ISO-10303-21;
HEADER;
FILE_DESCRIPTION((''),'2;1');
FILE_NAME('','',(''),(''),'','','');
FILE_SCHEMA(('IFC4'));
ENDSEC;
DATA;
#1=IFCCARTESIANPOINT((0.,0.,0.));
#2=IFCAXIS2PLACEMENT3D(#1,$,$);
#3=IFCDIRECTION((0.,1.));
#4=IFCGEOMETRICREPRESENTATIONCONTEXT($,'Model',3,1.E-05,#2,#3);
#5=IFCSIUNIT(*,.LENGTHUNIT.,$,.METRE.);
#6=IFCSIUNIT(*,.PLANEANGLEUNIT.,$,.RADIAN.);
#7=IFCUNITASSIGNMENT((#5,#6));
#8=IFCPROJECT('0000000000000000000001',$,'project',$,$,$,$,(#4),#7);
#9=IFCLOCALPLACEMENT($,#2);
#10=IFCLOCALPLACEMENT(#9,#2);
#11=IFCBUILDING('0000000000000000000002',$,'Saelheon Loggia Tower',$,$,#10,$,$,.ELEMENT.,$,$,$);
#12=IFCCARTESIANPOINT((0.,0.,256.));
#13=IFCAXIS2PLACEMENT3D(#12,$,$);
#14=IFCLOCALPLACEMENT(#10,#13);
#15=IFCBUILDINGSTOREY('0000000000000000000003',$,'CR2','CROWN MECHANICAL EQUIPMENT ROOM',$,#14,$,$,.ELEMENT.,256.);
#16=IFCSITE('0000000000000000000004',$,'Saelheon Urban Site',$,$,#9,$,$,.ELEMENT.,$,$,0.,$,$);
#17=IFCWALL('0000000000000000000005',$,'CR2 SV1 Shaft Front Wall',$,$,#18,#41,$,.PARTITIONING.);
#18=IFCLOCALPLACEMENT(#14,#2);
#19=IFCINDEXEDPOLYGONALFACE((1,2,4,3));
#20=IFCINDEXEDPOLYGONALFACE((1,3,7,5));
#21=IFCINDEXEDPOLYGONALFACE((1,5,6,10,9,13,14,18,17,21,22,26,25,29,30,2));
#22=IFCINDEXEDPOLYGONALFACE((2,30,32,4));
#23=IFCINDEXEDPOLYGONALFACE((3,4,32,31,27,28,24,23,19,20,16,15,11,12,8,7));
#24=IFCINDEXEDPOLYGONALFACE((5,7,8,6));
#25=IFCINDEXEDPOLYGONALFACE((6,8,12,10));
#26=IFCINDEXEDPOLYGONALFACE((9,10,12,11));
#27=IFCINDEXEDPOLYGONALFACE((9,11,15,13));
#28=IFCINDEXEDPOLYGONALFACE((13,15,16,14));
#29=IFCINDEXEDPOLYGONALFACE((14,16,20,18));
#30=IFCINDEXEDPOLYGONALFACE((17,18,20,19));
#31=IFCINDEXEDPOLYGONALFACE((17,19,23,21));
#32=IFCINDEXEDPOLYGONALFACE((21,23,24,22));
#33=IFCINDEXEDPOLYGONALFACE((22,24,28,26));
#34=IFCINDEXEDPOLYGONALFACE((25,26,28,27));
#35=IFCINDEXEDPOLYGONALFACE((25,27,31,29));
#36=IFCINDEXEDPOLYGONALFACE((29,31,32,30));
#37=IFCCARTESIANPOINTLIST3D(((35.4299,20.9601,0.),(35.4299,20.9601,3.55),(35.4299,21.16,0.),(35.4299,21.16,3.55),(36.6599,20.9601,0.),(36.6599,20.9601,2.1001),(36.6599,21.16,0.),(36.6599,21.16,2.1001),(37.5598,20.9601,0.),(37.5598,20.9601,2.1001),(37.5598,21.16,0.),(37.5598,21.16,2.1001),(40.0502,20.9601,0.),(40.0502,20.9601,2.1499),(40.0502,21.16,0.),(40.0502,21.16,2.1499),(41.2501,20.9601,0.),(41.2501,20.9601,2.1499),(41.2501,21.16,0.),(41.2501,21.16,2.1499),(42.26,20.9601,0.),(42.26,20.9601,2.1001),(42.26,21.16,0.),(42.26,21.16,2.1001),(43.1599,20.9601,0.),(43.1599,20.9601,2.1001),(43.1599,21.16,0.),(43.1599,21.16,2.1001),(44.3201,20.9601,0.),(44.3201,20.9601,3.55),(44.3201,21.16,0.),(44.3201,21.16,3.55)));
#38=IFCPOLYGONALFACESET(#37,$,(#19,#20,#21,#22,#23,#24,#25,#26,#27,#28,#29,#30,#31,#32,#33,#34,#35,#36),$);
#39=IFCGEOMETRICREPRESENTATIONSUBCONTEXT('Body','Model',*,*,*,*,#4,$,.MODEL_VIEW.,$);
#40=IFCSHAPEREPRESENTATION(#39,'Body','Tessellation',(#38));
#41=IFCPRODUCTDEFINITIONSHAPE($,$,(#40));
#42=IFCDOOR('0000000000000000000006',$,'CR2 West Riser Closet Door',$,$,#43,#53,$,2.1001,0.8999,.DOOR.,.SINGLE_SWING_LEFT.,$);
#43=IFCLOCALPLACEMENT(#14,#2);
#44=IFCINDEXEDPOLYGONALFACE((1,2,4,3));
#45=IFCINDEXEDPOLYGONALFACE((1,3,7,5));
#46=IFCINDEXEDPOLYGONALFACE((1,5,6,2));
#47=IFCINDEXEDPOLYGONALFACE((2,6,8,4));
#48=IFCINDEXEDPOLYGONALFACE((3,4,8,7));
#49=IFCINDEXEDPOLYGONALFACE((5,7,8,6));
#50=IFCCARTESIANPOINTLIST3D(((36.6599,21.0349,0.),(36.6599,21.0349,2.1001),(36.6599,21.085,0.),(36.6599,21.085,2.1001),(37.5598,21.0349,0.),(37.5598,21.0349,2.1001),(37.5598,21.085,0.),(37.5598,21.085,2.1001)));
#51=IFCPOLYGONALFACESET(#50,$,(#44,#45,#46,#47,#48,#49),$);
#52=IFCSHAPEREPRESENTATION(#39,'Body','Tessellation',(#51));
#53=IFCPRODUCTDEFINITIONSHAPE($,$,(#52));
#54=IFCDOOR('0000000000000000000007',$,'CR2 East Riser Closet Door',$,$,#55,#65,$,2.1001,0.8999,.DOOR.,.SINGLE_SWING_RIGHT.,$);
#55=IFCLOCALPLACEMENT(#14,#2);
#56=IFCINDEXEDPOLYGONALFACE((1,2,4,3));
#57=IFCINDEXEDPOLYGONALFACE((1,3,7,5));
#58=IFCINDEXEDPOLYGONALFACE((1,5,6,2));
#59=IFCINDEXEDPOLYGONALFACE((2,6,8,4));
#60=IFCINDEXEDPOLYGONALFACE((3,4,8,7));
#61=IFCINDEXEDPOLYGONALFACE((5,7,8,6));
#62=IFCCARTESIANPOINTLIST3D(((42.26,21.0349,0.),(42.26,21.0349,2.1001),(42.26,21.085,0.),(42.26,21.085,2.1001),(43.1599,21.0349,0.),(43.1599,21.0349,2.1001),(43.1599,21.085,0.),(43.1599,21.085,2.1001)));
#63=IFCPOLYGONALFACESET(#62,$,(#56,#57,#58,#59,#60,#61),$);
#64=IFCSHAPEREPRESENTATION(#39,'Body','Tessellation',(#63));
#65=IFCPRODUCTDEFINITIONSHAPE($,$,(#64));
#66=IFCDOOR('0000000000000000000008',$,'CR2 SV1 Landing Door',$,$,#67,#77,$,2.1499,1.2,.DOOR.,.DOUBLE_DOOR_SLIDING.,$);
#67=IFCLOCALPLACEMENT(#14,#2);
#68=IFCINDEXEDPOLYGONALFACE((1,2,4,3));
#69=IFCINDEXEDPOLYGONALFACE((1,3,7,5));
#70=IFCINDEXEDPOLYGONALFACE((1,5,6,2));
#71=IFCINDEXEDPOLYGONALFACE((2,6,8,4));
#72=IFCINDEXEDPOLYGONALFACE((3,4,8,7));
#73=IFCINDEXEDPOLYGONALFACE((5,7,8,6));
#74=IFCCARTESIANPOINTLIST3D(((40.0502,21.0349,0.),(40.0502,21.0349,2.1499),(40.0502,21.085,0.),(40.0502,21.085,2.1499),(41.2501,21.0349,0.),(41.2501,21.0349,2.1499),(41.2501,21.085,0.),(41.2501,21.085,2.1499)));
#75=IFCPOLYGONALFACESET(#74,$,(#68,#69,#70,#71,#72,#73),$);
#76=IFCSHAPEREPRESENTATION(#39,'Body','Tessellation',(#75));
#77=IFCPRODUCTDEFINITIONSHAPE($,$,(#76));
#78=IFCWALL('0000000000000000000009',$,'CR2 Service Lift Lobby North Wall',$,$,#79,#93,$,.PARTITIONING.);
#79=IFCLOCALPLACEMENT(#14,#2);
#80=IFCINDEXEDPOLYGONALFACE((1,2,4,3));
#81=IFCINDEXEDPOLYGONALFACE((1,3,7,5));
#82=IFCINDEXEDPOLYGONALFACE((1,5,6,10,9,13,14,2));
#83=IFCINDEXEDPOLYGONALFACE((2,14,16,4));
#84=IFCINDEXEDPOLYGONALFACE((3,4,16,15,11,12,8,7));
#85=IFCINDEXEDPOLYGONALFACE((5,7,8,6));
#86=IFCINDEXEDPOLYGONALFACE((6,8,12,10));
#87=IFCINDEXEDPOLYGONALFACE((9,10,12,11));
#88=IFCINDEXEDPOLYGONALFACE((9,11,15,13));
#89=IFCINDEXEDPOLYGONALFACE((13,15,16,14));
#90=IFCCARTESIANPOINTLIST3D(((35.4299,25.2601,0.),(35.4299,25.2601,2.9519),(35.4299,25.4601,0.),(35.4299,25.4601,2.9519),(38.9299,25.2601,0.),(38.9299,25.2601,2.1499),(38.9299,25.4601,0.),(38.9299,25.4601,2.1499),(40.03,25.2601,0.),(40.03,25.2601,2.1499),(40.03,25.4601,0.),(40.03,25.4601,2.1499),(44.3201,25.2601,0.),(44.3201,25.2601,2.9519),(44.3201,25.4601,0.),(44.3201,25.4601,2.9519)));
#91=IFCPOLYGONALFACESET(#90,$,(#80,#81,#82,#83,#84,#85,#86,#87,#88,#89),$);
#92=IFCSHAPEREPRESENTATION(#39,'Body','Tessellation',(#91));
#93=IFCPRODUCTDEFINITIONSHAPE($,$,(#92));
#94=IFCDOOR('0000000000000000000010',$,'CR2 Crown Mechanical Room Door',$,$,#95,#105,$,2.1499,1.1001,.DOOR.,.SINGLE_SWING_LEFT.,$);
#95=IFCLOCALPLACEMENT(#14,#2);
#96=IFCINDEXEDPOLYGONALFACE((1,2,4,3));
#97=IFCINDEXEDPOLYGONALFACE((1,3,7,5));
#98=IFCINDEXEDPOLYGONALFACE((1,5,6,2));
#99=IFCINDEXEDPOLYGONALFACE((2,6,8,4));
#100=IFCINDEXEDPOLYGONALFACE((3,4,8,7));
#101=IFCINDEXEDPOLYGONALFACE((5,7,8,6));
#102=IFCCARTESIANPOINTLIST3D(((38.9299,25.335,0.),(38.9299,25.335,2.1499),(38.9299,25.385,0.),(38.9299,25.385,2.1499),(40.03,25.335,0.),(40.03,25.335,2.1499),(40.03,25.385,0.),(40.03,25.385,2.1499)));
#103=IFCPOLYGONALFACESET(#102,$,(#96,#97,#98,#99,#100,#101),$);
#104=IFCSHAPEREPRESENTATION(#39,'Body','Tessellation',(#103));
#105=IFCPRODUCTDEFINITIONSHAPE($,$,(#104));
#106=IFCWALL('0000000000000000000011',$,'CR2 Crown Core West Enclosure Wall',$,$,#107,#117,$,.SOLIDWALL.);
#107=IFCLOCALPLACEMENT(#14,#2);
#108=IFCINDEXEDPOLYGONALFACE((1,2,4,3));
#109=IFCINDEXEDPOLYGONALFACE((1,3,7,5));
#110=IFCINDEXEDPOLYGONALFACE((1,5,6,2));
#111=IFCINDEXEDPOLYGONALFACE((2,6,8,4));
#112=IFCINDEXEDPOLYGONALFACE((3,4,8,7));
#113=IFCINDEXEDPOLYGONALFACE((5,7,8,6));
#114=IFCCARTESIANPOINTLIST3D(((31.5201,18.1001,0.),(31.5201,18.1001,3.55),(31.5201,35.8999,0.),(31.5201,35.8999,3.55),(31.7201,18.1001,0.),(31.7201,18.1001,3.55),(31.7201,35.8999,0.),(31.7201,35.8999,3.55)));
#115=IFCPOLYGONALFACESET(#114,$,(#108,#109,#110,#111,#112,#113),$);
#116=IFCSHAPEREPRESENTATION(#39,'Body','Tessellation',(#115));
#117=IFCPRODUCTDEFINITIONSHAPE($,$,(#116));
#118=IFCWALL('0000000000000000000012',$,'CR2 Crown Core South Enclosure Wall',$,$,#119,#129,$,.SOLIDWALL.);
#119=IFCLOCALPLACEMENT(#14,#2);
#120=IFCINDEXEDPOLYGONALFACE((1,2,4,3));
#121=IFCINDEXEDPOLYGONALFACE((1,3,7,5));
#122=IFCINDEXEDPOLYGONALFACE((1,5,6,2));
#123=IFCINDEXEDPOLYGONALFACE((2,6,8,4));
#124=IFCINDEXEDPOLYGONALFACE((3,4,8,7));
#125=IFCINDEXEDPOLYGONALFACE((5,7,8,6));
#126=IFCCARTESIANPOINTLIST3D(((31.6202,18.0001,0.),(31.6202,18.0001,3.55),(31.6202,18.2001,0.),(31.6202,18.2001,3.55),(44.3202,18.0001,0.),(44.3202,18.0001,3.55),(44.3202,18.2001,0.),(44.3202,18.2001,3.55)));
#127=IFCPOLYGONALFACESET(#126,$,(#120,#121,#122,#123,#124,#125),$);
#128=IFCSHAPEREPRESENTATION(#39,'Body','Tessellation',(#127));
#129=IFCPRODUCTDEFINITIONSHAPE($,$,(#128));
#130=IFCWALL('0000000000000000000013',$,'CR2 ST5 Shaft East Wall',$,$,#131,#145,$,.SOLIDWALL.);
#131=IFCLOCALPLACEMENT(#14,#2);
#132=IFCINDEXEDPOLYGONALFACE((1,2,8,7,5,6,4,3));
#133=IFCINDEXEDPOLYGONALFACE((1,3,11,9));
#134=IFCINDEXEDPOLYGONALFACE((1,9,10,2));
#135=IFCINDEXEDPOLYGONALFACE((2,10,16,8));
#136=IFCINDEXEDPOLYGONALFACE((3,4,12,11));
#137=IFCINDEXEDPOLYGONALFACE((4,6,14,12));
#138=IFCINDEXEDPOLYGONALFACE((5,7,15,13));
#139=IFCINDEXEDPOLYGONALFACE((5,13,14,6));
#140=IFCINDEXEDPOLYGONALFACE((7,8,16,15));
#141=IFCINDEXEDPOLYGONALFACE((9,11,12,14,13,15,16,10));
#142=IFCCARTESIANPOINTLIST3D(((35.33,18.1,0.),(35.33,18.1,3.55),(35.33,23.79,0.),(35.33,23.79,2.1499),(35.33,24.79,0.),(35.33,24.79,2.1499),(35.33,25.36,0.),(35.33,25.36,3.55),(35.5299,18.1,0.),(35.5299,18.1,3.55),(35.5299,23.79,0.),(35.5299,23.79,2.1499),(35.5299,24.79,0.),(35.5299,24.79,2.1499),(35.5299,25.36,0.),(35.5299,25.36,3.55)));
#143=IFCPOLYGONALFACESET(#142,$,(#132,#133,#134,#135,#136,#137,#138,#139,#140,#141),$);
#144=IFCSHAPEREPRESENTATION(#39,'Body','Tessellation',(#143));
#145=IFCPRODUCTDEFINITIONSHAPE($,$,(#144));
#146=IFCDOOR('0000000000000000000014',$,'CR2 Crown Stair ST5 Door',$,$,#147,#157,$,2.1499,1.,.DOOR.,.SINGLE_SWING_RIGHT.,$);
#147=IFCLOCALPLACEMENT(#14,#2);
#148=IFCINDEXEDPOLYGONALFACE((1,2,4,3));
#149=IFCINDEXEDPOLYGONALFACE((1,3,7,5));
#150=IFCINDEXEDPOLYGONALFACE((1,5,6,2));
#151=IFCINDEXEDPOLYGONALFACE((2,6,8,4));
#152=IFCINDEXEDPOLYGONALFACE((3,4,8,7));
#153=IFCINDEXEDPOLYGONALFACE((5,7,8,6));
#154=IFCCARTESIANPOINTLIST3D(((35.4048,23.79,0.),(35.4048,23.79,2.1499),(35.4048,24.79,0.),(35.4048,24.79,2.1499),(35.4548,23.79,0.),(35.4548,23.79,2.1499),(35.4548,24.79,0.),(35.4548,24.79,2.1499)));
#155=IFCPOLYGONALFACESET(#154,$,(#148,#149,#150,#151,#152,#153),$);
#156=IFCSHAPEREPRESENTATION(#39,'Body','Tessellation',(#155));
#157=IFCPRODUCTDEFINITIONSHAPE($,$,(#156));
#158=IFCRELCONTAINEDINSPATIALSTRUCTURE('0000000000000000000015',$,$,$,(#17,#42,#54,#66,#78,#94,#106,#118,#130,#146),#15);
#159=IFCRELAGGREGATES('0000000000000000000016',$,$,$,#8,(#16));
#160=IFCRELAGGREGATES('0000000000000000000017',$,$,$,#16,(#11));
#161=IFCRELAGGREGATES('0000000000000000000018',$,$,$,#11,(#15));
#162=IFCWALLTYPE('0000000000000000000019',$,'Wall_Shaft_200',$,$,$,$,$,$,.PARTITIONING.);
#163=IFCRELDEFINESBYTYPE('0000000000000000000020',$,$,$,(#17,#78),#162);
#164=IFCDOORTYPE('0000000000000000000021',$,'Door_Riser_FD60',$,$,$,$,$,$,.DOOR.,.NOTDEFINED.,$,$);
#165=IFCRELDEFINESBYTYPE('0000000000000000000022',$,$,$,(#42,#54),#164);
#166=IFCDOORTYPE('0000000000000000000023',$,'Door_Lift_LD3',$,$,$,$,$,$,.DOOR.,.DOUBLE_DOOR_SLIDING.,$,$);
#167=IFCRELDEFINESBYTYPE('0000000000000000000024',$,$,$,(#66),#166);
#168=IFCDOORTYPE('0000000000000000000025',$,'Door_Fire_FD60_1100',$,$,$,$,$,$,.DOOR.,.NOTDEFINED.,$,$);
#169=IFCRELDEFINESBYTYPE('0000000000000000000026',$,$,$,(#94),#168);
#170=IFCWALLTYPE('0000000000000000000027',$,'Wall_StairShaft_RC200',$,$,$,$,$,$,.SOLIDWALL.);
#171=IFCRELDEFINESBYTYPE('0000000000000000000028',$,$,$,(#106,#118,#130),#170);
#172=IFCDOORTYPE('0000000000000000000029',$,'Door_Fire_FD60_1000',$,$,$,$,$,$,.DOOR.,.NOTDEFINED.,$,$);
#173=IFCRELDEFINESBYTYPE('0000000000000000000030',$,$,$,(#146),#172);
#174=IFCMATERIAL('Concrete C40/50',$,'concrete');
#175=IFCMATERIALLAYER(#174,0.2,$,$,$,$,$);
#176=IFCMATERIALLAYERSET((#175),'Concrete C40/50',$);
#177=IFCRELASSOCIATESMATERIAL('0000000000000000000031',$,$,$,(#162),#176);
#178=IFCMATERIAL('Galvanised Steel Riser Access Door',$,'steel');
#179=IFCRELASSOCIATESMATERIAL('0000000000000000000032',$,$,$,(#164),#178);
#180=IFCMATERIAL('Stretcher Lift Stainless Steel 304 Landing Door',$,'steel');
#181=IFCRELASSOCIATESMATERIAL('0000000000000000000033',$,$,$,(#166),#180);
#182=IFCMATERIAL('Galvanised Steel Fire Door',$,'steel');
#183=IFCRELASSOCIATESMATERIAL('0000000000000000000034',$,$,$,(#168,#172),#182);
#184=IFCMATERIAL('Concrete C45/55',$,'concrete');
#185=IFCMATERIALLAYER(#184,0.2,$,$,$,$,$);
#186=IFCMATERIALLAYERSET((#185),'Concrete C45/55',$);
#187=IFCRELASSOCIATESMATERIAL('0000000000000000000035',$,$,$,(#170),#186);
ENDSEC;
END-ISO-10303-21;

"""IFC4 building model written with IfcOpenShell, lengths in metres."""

from ifc_helpers import new_model, si_unit, direction, frame, frame_2d, origin, place, context, subcontext, project, spatial, rectangle, extrude, source, transform, mapped, material, layer, layer_set, type_object, element, fill, save


model = new_model("IFC4")

# Units and contexts
model_context = context("Model", 3, precision=1e-05, world=origin(), true_north=direction((0.0, 1.0)))
body_context = subcontext(model_context, "Body", "Model", "MODEL_VIEW")
ifc_project = project(units=[si_unit("LENGTHUNIT", "METRE"), si_unit("PLANEANGLEUNIT", "RADIAN")], contexts=[model_context])

# Site, building, storey
site_placement = place(None, origin())
site = spatial("IfcSite", under=ifc_project, at=site_placement, Name="Saelheon Urban Site", CompositionType="ELEMENT", RefElevation=0.0)
building_placement = place(site_placement, origin())
building = spatial("IfcBuilding", under=site, at=building_placement, Name="Saelheon Loggia Tower", CompositionType="ELEMENT")
storey_placement = place(building_placement, frame((0.0, 0.0, 256.0)))
storey = spatial("IfcBuildingStorey", under=building, at=storey_placement, Name="CR2", Description="CROWN MECHANICAL EQUIPMENT ROOM", CompositionType="ELEMENT", Elevation=256.0)

# Wall, openings, doors
ifc_material_1 = material(Name="Concrete C40/50", Category="concrete")
ifc_layer_1 = layer(ifc_material_1, 0.2)
ifc_layer_set_1 = layer_set([ifc_layer_1], Name="Concrete C40/50")
wall_type_1 = type_object("IfcWallType", Name="Wall_Shaft_200", PredefinedType="PARTITIONING", material=ifc_layer_set_1)
wall_1_placement = place(storey_placement, frame((35.4299, 21.0601, 0.0), z_axis=(0.0, 0.0, 1.0), x_axis=(1.0, 0.0, 0.0)))
wall_1 = element("IfcWall", 1, at=wall_1_placement, inside=storey, type_object=wall_type_1, Name="CR2 SV1 Shaft Front Wall", PredefinedType="PARTITIONING", context=body_context, shape_type="SweptSolid", body=[
    extrude(rectangle(XDim=8.8901, YDim=0.2, at=frame_2d((4.4451, 0.0))), origin(), (0.0, 0.0, 1.0), 3.55),
])
opening_1_placement = place(wall_1_placement, frame((1.23, 0.0, 0.0)))
opening_1 = element("IfcOpeningElement", 2, at=opening_1_placement, cuts=wall_1, PredefinedType="OPENING", context=body_context, shape_type="SweptSolid", body=[
    extrude(rectangle(XDim=0.8999, YDim=2.1001, at=frame_2d((0.45, 1.05))), frame((0.0, 0.1121, 0.0), z_axis=(0.0, -1.0, 0.0), x_axis=(1.0, 0.0, 0.0)), (0.0, 0.0, 1.0), 0.2239),
])
opening_2_placement = place(wall_1_placement, frame((4.6201, 0.0, 0.0)))
opening_2 = element("IfcOpeningElement", 3, at=opening_2_placement, cuts=wall_1, PredefinedType="OPENING", context=body_context, shape_type="SweptSolid", body=[
    extrude(rectangle(XDim=1.2, YDim=2.1499, at=frame_2d((0.6001, 1.075))), frame((0.0, 0.1121, 0.0), z_axis=(0.0, -1.0, 0.0), x_axis=(1.0, 0.0, 0.0)), (0.0, 0.0, 1.0), 0.2239),
])
opening_3_placement = place(wall_1_placement, frame((6.8301, 0.0, 0.0)))
opening_3 = element("IfcOpeningElement", 4, at=opening_3_placement, cuts=wall_1, PredefinedType="OPENING", context=body_context, shape_type="SweptSolid", body=[
    extrude(rectangle(XDim=0.8999, YDim=2.1001, at=frame_2d((0.45, 1.05))), frame((0.0, 0.1121, 0.0), z_axis=(0.0, -1.0, 0.0), x_axis=(1.0, 0.0, 0.0)), (0.0, 0.0, 1.0), 0.2239),
])
ifc_material_2 = material(Name="Galvanised Steel Riser Access Door", Category="steel")
door_type_1 = type_object("IfcDoorType", Name="Door_Riser_FD60", OperationType="NOTDEFINED", PredefinedType="DOOR", material=ifc_material_2)
shared_shape_1 = source(origin(), body_context, "Body", "SweptSolid", [
    extrude(rectangle(XDim=0.8999, YDim=2.1001, at=frame_2d((0.45, 1.05))), frame((0.0, 0.0249, 0.0), z_axis=(0.0, -1.0, 0.0), x_axis=(1.0, 0.0, 0.0)), (0.0, 0.0, 1.0), 0.05),
])
door_1_placement = place(opening_1_placement, origin())
door_1 = element("IfcDoor", 5, at=door_1_placement, inside=storey, type_object=door_type_1, Name="CR2 West Riser Closet Door", OperationType="SINGLE_SWING_LEFT", OverallHeight=2.1001, OverallWidth=0.8999, PredefinedType="DOOR", context=body_context, shape_type="MappedRepresentation", body=[
    mapped(shared_shape_1, transform((0.0, 0.0, 0.0), scale=1.0)),
])
fill(opening_1, door_1)
door_2_placement = place(opening_3_placement, origin())
door_2 = element("IfcDoor", 6, at=door_2_placement, inside=storey, type_object=door_type_1, Name="CR2 East Riser Closet Door", OperationType="SINGLE_SWING_RIGHT", OverallHeight=2.1001, OverallWidth=0.8999, PredefinedType="DOOR", context=body_context, shape_type="MappedRepresentation", body=[
    mapped(shared_shape_1, transform((0.0, 0.0, 0.0), scale=1.0)),
])
fill(opening_3, door_2)
ifc_material_3 = material(Name="Stretcher Lift Stainless Steel 304 Landing Door", Category="steel")
door_type_2 = type_object("IfcDoorType", Name="Door_Lift_LD3", OperationType="DOUBLE_DOOR_SLIDING", PredefinedType="DOOR", material=ifc_material_3)
shared_shape_2 = source(origin(), body_context, "Body", "SweptSolid", [
    extrude(rectangle(XDim=1.2, YDim=2.1499, at=frame_2d((0.6001, 1.075))), frame((0.0, 0.0249, 0.0), z_axis=(0.0, -1.0, 0.0), x_axis=(1.0, 0.0, 0.0)), (0.0, 0.0, 1.0), 0.05),
])
door_3_placement = place(opening_2_placement, origin())
door_3 = element("IfcDoor", 7, at=door_3_placement, inside=storey, type_object=door_type_2, Name="CR2 SV1 Landing Door", OperationType="DOUBLE_DOOR_SLIDING", OverallHeight=2.1499, OverallWidth=1.2, PredefinedType="DOOR", context=body_context, shape_type="MappedRepresentation", body=[
    mapped(shared_shape_2, transform((0.0, 0.0, 0.0), scale=1.0)),
])
fill(opening_2, door_3)

# Wall, opening, door
wall_2_placement = place(storey_placement, frame((35.4299, 25.3601, 0.0), z_axis=(0.0, 0.0, 1.0), x_axis=(1.0, 0.0, 0.0)))
wall_2 = element("IfcWall", 8, at=wall_2_placement, inside=storey, type_object=wall_type_1, Name="CR2 Service Lift Lobby North Wall", PredefinedType="PARTITIONING", context=body_context, shape_type="SweptSolid", body=[
    extrude(rectangle(XDim=8.8901, YDim=0.2, at=frame_2d((4.4451, 0.0))), origin(), (0.0, 0.0, 1.0), 2.9519),
])
opening_4_placement = place(wall_2_placement, frame((3.5, 0.0, 0.0)))
opening_4 = element("IfcOpeningElement", 9, at=opening_4_placement, cuts=wall_2, PredefinedType="OPENING", context=body_context, shape_type="SweptSolid", body=[
    extrude(rectangle(XDim=1.1001, YDim=2.1499, at=frame_2d((0.55, 1.075))), frame((0.0, 0.1121, 0.0), z_axis=(0.0, -1.0, 0.0), x_axis=(1.0, 0.0, 0.0)), (0.0, 0.0, 1.0), 0.2239),
])
ifc_material_4 = material(Name="Galvanised Steel Fire Door", Category="steel")
door_type_3 = type_object("IfcDoorType", Name="Door_Fire_FD60_1100", OperationType="NOTDEFINED", PredefinedType="DOOR", material=ifc_material_4)
shared_shape_3 = source(origin(), body_context, "Body", "SweptSolid", [
    extrude(rectangle(XDim=1.1001, YDim=2.1499, at=frame_2d((0.55, 1.075))), frame((0.0, 0.0249, 0.0), z_axis=(0.0, -1.0, 0.0), x_axis=(1.0, 0.0, 0.0)), (0.0, 0.0, 1.0), 0.05),
])
door_4_placement = place(opening_4_placement, origin())
door_4 = element("IfcDoor", 10, at=door_4_placement, inside=storey, type_object=door_type_3, Name="CR2 Crown Mechanical Room Door", OperationType="SINGLE_SWING_LEFT", OverallHeight=2.1499, OverallWidth=1.1001, PredefinedType="DOOR", context=body_context, shape_type="MappedRepresentation", body=[
    mapped(shared_shape_3, transform((0.0, 0.0, 0.0), scale=1.0)),
])
fill(opening_4, door_4)

# Walls
ifc_material_5 = material(Name="Concrete C45/55", Category="concrete")
ifc_layer_2 = layer(ifc_material_5, 0.2)
ifc_layer_set_2 = layer_set([ifc_layer_2], Name="Concrete C45/55")
wall_type_2 = type_object("IfcWallType", Name="Wall_StairShaft_RC200", PredefinedType="SOLIDWALL", material=ifc_layer_set_2)
wall_3_placement = place(storey_placement, frame((31.6201, 18.1001, 0.0), z_axis=(0.0, 0.0, 1.0), x_axis=(0.0, 1.0, 0.0)))
element("IfcWall", 11, at=wall_3_placement, inside=storey, type_object=wall_type_2, Name="CR2 Crown Core West Enclosure Wall", PredefinedType="SOLIDWALL", context=body_context, shape_type="SweptSolid", body=[
    extrude(rectangle(XDim=17.7998, YDim=0.2, at=frame_2d((8.8999, 0.0))), origin(), (0.0, 0.0, 1.0), 3.55),
])
wall_4_placement = place(storey_placement, frame((31.6201, 18.1001, 0.0), z_axis=(0.0, 0.0, 1.0), x_axis=(1.0, 0.0, 0.0)))
element("IfcWall", 12, at=wall_4_placement, inside=storey, type_object=wall_type_2, Name="CR2 Crown Core South Enclosure Wall", PredefinedType="SOLIDWALL", context=body_context, shape_type="SweptSolid", body=[
    extrude(rectangle(XDim=12.7, YDim=0.2, at=frame_2d((6.3501, 0.0))), origin(), (0.0, 0.0, 1.0), 3.55),
])

# Wall, opening, door
wall_5_placement = place(storey_placement, frame((35.4299, 18.1001, 0.0), z_axis=(0.0, 0.0, 1.0), x_axis=(0.0, 1.0, 0.0)))
wall_5 = element("IfcWall", 13, at=wall_5_placement, inside=storey, type_object=wall_type_2, Name="CR2 ST5 Shaft East Wall", PredefinedType="SOLIDWALL", context=body_context, shape_type="SweptSolid", body=[
    extrude(rectangle(XDim=7.26, YDim=0.2, at=frame_2d((3.6299, 0.0))), origin(), (0.0, 0.0, 1.0), 3.55),
])
opening_5_placement = place(wall_5_placement, frame((6.6899, 0.0, 0.0), z_axis=(0.0, 0.0, 1.0), x_axis=(-1.0, 0.0, 0.0)))
opening_5 = element("IfcOpeningElement", 14, at=opening_5_placement, cuts=wall_5, PredefinedType="OPENING", context=body_context, shape_type="SweptSolid", body=[
    extrude(rectangle(XDim=1.0, YDim=2.1499, at=frame_2d((0.5, 1.075))), frame((0.0, 0.1121, 0.0), z_axis=(0.0, -1.0, 0.0), x_axis=(1.0, 0.0, 0.0)), (0.0, 0.0, 1.0), 0.2239),
])
door_type_4 = type_object("IfcDoorType", Name="Door_Fire_FD60_1000", OperationType="NOTDEFINED", PredefinedType="DOOR", material=ifc_material_4)
shared_shape_4 = source(origin(), body_context, "Body", "SweptSolid", [
    extrude(rectangle(XDim=1.0, YDim=2.1499, at=frame_2d((0.5, 1.075))), frame((0.0, 0.0249, 0.0), z_axis=(0.0, -1.0, 0.0), x_axis=(1.0, 0.0, 0.0)), (0.0, 0.0, 1.0), 0.05),
])
door_5_placement = place(opening_5_placement, origin())
door_5 = element("IfcDoor", 15, at=door_5_placement, inside=storey, type_object=door_type_4, Name="CR2 Crown Stair ST5 Door", OperationType="SINGLE_SWING_RIGHT", OverallHeight=2.1499, OverallWidth=1.0, PredefinedType="DOOR", context=body_context, shape_type="MappedRepresentation", body=[
    mapped(shared_shape_4, transform((0.0, 0.0, 0.0), scale=1.0)),
])
fill(opening_5, door_5)

save(model, "model.ifc")
